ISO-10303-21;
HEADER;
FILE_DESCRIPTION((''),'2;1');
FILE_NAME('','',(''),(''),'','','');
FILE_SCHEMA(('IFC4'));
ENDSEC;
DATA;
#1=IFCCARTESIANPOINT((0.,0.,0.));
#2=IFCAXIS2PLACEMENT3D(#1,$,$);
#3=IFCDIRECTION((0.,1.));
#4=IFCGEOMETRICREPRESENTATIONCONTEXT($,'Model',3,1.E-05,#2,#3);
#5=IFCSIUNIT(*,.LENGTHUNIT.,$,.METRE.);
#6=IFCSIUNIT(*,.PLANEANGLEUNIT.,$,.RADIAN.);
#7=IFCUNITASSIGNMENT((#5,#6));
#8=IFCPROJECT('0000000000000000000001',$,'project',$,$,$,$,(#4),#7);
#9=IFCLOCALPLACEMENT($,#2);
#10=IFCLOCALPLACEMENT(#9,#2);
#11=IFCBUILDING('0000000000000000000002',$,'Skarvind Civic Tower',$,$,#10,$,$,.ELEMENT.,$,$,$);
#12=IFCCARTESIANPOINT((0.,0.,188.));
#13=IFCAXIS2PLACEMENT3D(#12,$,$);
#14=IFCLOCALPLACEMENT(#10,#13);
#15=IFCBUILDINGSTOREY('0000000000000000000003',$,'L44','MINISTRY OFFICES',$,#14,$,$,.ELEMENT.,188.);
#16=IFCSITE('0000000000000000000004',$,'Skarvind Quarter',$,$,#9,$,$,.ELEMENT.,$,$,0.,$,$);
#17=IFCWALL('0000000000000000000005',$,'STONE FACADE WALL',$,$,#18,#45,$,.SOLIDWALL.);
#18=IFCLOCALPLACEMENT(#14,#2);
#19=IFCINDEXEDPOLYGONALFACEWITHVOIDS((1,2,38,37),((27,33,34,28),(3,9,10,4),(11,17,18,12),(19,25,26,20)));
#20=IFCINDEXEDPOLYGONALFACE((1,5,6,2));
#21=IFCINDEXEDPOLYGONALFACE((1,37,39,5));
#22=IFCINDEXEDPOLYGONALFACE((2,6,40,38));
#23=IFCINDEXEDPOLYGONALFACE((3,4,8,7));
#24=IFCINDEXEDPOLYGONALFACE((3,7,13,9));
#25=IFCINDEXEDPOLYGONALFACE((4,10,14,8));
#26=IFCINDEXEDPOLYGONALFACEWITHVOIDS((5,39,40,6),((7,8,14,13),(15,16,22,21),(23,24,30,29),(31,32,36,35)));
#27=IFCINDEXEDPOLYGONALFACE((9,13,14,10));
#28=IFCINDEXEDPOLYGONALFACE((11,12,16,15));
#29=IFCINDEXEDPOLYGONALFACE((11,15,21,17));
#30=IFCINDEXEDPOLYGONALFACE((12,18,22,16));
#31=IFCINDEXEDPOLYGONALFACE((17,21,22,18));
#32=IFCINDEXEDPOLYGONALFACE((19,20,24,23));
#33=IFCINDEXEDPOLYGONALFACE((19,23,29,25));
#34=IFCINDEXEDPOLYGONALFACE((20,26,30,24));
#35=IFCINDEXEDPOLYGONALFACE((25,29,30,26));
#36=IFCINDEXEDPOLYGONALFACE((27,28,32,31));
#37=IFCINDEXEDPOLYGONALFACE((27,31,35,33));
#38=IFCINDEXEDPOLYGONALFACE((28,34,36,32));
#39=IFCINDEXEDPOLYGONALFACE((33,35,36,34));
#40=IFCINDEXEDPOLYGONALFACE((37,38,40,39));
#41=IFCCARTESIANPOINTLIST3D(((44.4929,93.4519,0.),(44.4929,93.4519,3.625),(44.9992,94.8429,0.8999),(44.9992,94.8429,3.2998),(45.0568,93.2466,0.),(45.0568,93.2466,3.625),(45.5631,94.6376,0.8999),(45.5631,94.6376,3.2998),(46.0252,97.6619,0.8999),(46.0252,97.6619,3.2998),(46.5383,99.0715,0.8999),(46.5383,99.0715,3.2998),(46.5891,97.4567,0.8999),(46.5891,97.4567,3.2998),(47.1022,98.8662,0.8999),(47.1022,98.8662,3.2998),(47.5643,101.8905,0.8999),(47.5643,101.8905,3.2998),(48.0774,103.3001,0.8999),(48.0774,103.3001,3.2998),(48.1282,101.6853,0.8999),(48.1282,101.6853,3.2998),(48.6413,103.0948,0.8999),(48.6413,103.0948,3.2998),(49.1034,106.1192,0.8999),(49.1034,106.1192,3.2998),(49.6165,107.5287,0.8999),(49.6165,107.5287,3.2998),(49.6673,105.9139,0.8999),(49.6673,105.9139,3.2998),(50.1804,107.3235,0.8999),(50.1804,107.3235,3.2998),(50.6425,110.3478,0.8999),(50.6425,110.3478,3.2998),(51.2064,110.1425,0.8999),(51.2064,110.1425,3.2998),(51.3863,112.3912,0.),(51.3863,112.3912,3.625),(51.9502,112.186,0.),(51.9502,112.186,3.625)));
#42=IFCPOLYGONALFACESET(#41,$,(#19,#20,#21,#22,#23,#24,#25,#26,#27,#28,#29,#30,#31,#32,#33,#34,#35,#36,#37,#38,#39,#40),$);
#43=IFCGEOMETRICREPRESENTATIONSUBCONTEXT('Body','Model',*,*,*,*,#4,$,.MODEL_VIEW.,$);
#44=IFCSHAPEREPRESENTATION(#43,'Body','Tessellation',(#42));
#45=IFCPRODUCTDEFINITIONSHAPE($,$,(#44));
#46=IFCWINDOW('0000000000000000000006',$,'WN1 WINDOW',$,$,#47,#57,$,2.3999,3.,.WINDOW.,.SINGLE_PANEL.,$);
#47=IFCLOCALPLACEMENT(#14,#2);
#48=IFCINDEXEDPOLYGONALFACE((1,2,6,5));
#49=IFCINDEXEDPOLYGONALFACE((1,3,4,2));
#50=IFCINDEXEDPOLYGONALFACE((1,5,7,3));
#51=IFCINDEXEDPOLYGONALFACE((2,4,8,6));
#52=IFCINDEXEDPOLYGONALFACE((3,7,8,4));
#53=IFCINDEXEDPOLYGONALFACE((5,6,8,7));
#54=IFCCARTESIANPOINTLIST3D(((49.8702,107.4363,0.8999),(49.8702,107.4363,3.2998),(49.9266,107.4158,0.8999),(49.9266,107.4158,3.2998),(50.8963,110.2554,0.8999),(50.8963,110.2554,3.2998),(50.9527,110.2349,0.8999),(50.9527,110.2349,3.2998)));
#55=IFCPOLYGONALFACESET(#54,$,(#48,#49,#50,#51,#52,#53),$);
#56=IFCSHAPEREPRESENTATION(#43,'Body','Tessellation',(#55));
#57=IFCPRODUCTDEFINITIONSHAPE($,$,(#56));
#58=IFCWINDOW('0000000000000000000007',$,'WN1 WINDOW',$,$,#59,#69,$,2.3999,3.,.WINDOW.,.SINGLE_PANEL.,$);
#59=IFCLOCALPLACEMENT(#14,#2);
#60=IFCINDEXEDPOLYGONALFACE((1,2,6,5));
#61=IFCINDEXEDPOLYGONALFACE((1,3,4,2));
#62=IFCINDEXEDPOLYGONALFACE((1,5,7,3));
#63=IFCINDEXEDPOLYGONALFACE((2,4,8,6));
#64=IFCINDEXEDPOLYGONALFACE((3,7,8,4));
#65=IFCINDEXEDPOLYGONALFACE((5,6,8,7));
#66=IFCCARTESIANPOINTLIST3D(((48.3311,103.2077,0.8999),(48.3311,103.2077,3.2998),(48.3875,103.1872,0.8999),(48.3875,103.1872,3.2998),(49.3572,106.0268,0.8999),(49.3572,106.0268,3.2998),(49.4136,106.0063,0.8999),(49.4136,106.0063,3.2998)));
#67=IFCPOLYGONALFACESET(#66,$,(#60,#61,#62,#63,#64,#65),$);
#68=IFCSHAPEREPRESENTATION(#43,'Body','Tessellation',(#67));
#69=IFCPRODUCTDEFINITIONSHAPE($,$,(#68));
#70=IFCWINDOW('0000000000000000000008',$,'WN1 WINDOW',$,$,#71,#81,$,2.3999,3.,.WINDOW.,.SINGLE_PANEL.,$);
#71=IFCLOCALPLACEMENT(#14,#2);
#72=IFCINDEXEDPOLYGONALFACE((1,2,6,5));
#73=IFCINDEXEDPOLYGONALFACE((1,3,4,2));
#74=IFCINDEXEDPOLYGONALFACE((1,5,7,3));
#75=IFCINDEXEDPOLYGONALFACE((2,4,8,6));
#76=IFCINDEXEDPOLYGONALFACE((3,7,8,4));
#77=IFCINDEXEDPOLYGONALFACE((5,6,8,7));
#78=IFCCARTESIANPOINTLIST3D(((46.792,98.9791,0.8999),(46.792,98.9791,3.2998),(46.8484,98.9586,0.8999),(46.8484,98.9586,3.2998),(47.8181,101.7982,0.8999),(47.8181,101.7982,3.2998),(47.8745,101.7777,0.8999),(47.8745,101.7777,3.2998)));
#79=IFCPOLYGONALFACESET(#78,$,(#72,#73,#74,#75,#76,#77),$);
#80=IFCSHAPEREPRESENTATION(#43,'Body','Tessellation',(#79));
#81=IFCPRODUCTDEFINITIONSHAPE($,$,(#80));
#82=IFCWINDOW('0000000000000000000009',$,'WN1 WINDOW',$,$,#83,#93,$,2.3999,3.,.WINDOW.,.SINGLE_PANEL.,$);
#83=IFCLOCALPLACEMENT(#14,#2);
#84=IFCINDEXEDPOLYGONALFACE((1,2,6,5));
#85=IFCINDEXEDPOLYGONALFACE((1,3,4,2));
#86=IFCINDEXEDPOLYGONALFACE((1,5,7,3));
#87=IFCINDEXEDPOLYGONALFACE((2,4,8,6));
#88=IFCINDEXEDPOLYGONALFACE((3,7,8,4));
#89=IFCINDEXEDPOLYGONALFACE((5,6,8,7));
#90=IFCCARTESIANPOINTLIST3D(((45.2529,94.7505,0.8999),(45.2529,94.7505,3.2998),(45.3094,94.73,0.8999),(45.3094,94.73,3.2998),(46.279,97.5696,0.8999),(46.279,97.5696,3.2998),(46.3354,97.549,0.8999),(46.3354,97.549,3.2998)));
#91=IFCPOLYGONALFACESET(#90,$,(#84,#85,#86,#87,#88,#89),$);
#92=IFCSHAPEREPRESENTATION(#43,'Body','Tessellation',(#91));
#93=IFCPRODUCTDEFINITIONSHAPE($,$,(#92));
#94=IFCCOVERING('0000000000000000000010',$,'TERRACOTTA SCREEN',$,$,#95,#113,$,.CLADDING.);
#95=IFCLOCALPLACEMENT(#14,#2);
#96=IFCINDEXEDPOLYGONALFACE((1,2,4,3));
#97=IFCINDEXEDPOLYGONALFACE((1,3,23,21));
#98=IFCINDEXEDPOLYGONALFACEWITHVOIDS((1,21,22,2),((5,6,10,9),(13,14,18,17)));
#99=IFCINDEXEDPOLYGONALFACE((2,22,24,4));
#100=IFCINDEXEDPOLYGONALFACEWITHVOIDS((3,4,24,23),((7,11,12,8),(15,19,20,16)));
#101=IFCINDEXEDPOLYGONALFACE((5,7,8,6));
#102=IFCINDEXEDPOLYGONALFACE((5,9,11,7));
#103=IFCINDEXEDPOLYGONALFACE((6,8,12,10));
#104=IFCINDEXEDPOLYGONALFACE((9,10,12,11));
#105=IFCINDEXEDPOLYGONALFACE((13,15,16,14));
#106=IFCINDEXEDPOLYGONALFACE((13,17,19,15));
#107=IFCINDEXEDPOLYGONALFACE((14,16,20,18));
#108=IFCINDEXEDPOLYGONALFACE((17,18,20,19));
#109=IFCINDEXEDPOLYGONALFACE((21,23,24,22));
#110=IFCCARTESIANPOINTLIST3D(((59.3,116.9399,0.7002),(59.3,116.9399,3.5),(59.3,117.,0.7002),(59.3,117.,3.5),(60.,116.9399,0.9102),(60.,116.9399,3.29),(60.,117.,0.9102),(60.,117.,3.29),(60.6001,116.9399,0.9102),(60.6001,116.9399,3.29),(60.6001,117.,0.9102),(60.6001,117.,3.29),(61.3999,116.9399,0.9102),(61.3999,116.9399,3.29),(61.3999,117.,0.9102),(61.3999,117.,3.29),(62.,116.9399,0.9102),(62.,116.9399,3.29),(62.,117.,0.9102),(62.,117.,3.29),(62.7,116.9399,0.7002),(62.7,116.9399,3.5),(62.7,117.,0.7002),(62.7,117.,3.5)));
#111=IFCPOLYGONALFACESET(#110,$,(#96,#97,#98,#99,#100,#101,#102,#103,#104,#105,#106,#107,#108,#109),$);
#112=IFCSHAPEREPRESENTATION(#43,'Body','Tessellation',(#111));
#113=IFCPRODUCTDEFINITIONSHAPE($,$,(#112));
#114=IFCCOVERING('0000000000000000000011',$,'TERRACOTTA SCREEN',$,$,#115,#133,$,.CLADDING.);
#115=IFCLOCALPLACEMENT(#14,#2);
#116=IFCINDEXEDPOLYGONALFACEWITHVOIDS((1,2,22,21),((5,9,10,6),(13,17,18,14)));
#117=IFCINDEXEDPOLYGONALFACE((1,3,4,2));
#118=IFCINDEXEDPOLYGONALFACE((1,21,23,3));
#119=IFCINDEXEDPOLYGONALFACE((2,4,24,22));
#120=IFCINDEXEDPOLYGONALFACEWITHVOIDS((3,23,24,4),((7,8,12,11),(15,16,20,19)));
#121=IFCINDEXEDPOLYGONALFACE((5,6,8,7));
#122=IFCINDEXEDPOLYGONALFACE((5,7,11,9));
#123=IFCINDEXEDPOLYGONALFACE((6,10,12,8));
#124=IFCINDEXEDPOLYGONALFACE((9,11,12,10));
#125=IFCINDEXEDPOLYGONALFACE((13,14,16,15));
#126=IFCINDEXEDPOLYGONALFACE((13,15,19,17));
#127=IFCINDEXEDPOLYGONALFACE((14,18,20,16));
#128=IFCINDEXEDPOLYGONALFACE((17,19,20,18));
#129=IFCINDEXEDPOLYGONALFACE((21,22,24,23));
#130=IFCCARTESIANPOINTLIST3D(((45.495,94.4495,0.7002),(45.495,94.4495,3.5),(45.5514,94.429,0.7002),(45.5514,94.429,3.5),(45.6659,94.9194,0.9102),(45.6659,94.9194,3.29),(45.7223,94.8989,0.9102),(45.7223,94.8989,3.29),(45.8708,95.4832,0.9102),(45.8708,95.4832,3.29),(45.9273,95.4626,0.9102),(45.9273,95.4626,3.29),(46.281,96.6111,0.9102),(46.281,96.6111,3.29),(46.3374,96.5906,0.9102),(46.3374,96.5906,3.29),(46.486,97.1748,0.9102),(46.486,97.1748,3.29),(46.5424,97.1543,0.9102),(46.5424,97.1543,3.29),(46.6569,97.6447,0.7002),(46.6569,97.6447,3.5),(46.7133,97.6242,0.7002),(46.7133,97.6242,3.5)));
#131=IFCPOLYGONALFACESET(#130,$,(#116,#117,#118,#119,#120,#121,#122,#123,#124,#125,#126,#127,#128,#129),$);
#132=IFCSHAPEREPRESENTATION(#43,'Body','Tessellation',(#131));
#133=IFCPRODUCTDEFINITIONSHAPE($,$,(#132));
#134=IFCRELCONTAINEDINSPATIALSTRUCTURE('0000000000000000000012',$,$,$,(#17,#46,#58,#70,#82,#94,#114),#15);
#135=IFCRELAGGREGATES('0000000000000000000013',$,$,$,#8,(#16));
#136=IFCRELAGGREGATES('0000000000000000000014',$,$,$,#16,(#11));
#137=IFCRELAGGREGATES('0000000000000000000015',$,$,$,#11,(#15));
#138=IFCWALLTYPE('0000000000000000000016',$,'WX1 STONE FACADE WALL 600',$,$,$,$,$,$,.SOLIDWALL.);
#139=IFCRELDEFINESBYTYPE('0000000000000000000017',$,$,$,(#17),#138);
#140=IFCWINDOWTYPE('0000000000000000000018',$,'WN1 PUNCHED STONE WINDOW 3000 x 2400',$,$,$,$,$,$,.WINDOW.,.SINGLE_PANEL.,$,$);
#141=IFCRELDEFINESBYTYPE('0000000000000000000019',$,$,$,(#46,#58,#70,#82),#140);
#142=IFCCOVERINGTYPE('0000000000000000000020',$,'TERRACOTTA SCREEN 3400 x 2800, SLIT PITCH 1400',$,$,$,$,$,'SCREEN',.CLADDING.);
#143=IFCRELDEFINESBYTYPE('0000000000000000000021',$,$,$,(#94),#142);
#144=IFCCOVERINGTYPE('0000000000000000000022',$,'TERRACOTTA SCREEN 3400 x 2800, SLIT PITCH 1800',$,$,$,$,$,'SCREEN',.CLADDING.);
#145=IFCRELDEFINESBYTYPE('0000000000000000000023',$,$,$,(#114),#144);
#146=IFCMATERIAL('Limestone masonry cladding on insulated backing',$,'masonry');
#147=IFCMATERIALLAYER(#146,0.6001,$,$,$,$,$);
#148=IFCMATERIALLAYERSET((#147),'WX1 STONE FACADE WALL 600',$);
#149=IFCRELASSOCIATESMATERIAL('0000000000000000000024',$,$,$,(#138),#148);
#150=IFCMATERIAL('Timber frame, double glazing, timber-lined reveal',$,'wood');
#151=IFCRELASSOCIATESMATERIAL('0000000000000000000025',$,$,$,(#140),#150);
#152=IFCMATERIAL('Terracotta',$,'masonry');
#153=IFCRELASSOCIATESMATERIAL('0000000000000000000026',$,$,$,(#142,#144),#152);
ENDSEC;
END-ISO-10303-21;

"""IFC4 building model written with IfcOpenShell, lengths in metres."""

from ifc_helpers import new_model, si_unit, direction, frame, frame_2d, origin, place, context, subcontext, project, spatial, polyline, rectangle, outline, extrude, material, layer, layer_set, material_profile, profile_set, type_object, element, fill, save


model = new_model("IFC4")

# Units and contexts
model_context = context("Model", 3, precision=1e-05, world=origin(), true_north=direction((0.0, 1.0)))
body_context = subcontext(model_context, "Body", "Model", "MODEL_VIEW")
ifc_project = project(units=[si_unit("LENGTHUNIT", "METRE"), si_unit("PLANEANGLEUNIT", "RADIAN")], contexts=[model_context])

# Site, building, storey
site_placement = place(None, origin())
site = spatial("IfcSite", under=ifc_project, at=site_placement, Name="Skarvind Quarter", CompositionType="ELEMENT", RefElevation=0.0)
building_placement = place(site_placement, origin())
building = spatial("IfcBuilding", under=site, at=building_placement, Name="Skarvind Civic Tower", CompositionType="ELEMENT")
storey_placement = place(building_placement, frame((0.0, 0.0, 188.0)))
storey = spatial("IfcBuildingStorey", under=building, at=storey_placement, Name="L44", Description="MINISTRY OFFICES", CompositionType="ELEMENT", Elevation=188.0)

# Shared definitions
ifc_material_1 = material(Name="Limestone masonry cladding on insulated backing", Category="masonry")
ifc_layer_1 = layer(ifc_material_1, 0.6001)
ifc_layer_set_1 = layer_set([ifc_layer_1], Name="WX1 STONE FACADE WALL 600")
wall_type_1 = type_object("IfcWallType", Name="WX1 STONE FACADE WALL 600", PredefinedType="SOLIDWALL", material=ifc_layer_set_1)

# Wall, openings, windows
wall_1_placement = place(storey_placement, frame((51.6682, 112.2886, 0.0), z_axis=(0.0, 0.0, 1.0), x_axis=(-0.34202, -0.939693, 0.0)))
wall_1 = element("IfcWall", 1, at=wall_1_placement, inside=storey, type_object=wall_type_1, Name="STONE FACADE WALL", PredefinedType="SOLIDWALL", context=body_context, shape_type="SweptSolid", body=[
    extrude(rectangle(XDim=20.1548, YDim=0.6001, at=frame_2d((10.0774, 0.0))), origin(), (0.0, 0.0, 1.0), 3.625),
])
opening_1_placement = place(wall_1_placement, frame((2.1746, 0.0, 0.8999)))
opening_1 = element("IfcOpeningElement", 2, at=opening_1_placement, cuts=wall_1, PredefinedType="OPENING", context=body_context, shape_type="SweptSolid", body=[
    extrude(rectangle(XDim=3.0, YDim=2.3999, at=frame_2d((1.5, 1.2))), frame((0.0, 0.3101, 0.0), z_axis=(0.0, -1.0, 0.0), x_axis=(1.0, 0.0, 0.0)), (0.0, 0.0, 1.0), 0.6201),
])
opening_2_placement = place(wall_1_placement, frame((6.6746, 0.0, 0.8999)))
opening_2 = element("IfcOpeningElement", 3, at=opening_2_placement, cuts=wall_1, PredefinedType="OPENING", context=body_context, shape_type="SweptSolid", body=[
    extrude(rectangle(XDim=3.0, YDim=2.3999, at=frame_2d((1.5, 1.2))), frame((0.0, 0.3101, 0.0), z_axis=(0.0, -1.0, 0.0), x_axis=(1.0, 0.0, 0.0)), (0.0, 0.0, 1.0), 0.6201),
])
opening_3_placement = place(wall_1_placement, frame((11.1746, 0.0, 0.8999)))
opening_3 = element("IfcOpeningElement", 4, at=opening_3_placement, cuts=wall_1, PredefinedType="OPENING", context=body_context, shape_type="SweptSolid", body=[
    extrude(rectangle(XDim=3.0, YDim=2.3999, at=frame_2d((1.5, 1.2))), frame((0.0, 0.3101, 0.0), z_axis=(0.0, -1.0, 0.0), x_axis=(1.0, 0.0, 0.0)), (0.0, 0.0, 1.0), 0.6201),
])
opening_4_placement = place(wall_1_placement, frame((15.6746, 0.0, 0.8999)))
opening_4 = element("IfcOpeningElement", 5, at=opening_4_placement, cuts=wall_1, PredefinedType="OPENING", context=body_context, shape_type="SweptSolid", body=[
    extrude(rectangle(XDim=3.0, YDim=2.3999, at=frame_2d((1.5, 1.2))), frame((0.0, 0.3101, 0.0), z_axis=(0.0, -1.0, 0.0), x_axis=(1.0, 0.0, 0.0)), (0.0, 0.0, 1.0), 0.6201),
])
ifc_material_2 = material(Name="Timber frame, double glazing, timber-lined reveal", Category="wood")
window_type = type_object("IfcWindowType", Name="WN1 PUNCHED STONE WINDOW 3000 x 2400", PartitioningType="SINGLE_PANEL", PredefinedType="WINDOW", material=ifc_material_2)
window_1_placement = place(opening_1_placement, origin())
window_1 = element("IfcWindow", 6, at=window_1_placement, inside=storey, type_object=window_type, Name="WN1 WINDOW", OverallHeight=2.3999, OverallWidth=3.0, PartitioningType="SINGLE_PANEL", PredefinedType="WINDOW", context=body_context, shape_type="SweptSolid", body=[
    extrude(rectangle(XDim=3.0, YDim=2.3999, at=frame_2d((1.5, 1.2))), frame((0.0, 0.03, 0.0), z_axis=(0.0, -1.0, 0.0), x_axis=(1.0, 0.0, 0.0)), (0.0, 0.0, 1.0), 0.0601),
])
fill(opening_1, window_1)
window_2_placement = place(opening_2_placement, origin())
window_2 = element("IfcWindow", 7, at=window_2_placement, inside=storey, type_object=window_type, Name="WN1 WINDOW", OverallHeight=2.3999, OverallWidth=3.0, PartitioningType="SINGLE_PANEL", PredefinedType="WINDOW", context=body_context, shape_type="SweptSolid", body=[
    extrude(rectangle(XDim=3.0, YDim=2.3999, at=frame_2d((1.5, 1.2))), frame((0.0, 0.03, 0.0), z_axis=(0.0, -1.0, 0.0), x_axis=(1.0, 0.0, 0.0)), (0.0, 0.0, 1.0), 0.0601),
])
fill(opening_2, window_2)
window_3_placement = place(opening_3_placement, origin())
window_3 = element("IfcWindow", 8, at=window_3_placement, inside=storey, type_object=window_type, Name="WN1 WINDOW", OverallHeight=2.3999, OverallWidth=3.0, PartitioningType="SINGLE_PANEL", PredefinedType="WINDOW", context=body_context, shape_type="SweptSolid", body=[
    extrude(rectangle(XDim=3.0, YDim=2.3999, at=frame_2d((1.5, 1.2))), frame((0.0, 0.03, 0.0), z_axis=(0.0, -1.0, 0.0), x_axis=(1.0, 0.0, 0.0)), (0.0, 0.0, 1.0), 0.0601),
])
fill(opening_3, window_3)
window_4_placement = place(opening_4_placement, origin())
window_4 = element("IfcWindow", 9, at=window_4_placement, inside=storey, type_object=window_type, Name="WN1 WINDOW", OverallHeight=2.3999, OverallWidth=3.0, PartitioningType="SINGLE_PANEL", PredefinedType="WINDOW", context=body_context, shape_type="SweptSolid", body=[
    extrude(rectangle(XDim=3.0, YDim=2.3999, at=frame_2d((1.5, 1.2))), frame((0.0, 0.03, 0.0), z_axis=(0.0, -1.0, 0.0), x_axis=(1.0, 0.0, 0.0)), (0.0, 0.0, 1.0), 0.0601),
])
fill(opening_4, window_4)

# Coverings
ifc_material_3 = material(Name="Terracotta", Category="masonry")
ifc_material_profile_1 = material_profile(ifc_material_3, outline(polyline([(-1.7, -1.3999), (1.7, -1.3999), (1.7, 1.3999), (-1.7, 1.3999), (-1.7, -1.3999)]), holes=[polyline([(-1.0, -1.1899), (-0.3999, -1.1899), (-0.3999, 1.1899), (-1.0, 1.1899), (-1.0, -1.1899)]), polyline([(0.3999, -1.1899), (1.0, -1.1899), (1.0, 1.1899), (0.3999, 1.1899), (0.3999, -1.1899)])]), Name="TERRACOTTA SCREEN 3400 x 2800, SLIT PITCH 1400")
ifc_profile_set_1 = profile_set([ifc_material_profile_1], Name="Terracotta")
covering_type_1 = type_object("IfcCoveringType", Name="TERRACOTTA SCREEN 3400 x 2800, SLIT PITCH 1400", ElementType="SCREEN", PredefinedType="CLADDING", material=ifc_profile_set_1)
covering_1_placement = place(storey_placement, frame((61.0, 117.0, 2.1001), z_axis=(0.0, -1.0, 0.0), x_axis=(1.0, 0.0, 0.0)))
element("IfcCovering", 10, at=covering_1_placement, inside=storey, type_object=covering_type_1, Name="TERRACOTTA SCREEN", PredefinedType="CLADDING", context=body_context, shape_type="SweptSolid", body=[
    extrude(outline(polyline([(-1.7, -1.3999), (1.7, -1.3999), (1.7, 1.3999), (-1.7, 1.3999), (-1.7, -1.3999)]), holes=[polyline([(-1.0, -1.1899), (-0.3999, -1.1899), (-0.3999, 1.1899), (-1.0, 1.1899), (-1.0, -1.1899)]), polyline([(0.3999, -1.1899), (1.0, -1.1899), (1.0, 1.1899), (0.3999, 1.1899), (0.3999, -1.1899)])]), origin(), (0.0, 0.0, 1.0), 0.0601),
])
ifc_material_profile_2 = material_profile(ifc_material_3, outline(polyline([(-1.7, -1.3999), (1.7, -1.3999), (1.7, 1.3999), (-1.7, 1.3999), (-1.7, -1.3999)]), holes=[polyline([(-1.2, -1.1899), (-0.6001, -1.1899), (-0.6001, 1.1899), (-1.2, 1.1899), (-1.2, -1.1899)]), polyline([(0.6001, -1.1899), (1.2, -1.1899), (1.2, 1.1899), (0.6001, 1.1899), (0.6001, -1.1899)])]), Name="TERRACOTTA SCREEN 3400 x 2800, SLIT PITCH 1800")
ifc_profile_set_2 = profile_set([ifc_material_profile_2], Name="Terracotta")
covering_type_2 = type_object("IfcCoveringType", Name="TERRACOTTA SCREEN 3400 x 2800, SLIT PITCH 1800", ElementType="SCREEN", PredefinedType="CLADDING", material=ifc_profile_set_2)
covering_2_placement = place(storey_placement, frame((46.0759, 96.0471, 2.1001), z_axis=(0.939793, -0.341743, 0.0), x_axis=(0.341743, 0.939793, 0.0)))
element("IfcCovering", 11, at=covering_2_placement, inside=storey, type_object=covering_type_2, Name="TERRACOTTA SCREEN", PredefinedType="CLADDING", context=body_context, shape_type="SweptSolid", body=[
    extrude(outline(polyline([(-1.7, -1.3999), (1.7, -1.3999), (1.7, 1.3999), (-1.7, 1.3999), (-1.7, -1.3999)]), holes=[polyline([(-1.2, -1.1899), (-0.6001, -1.1899), (-0.6001, 1.1899), (-1.2, 1.1899), (-1.2, -1.1899)]), polyline([(0.6001, -1.1899), (1.2, -1.1899), (1.2, 1.1899), (0.6001, 1.1899), (0.6001, -1.1899)])]), origin(), (0.0, 0.0, 1.0), 0.0601),
])

save(model, "model.ifc")
